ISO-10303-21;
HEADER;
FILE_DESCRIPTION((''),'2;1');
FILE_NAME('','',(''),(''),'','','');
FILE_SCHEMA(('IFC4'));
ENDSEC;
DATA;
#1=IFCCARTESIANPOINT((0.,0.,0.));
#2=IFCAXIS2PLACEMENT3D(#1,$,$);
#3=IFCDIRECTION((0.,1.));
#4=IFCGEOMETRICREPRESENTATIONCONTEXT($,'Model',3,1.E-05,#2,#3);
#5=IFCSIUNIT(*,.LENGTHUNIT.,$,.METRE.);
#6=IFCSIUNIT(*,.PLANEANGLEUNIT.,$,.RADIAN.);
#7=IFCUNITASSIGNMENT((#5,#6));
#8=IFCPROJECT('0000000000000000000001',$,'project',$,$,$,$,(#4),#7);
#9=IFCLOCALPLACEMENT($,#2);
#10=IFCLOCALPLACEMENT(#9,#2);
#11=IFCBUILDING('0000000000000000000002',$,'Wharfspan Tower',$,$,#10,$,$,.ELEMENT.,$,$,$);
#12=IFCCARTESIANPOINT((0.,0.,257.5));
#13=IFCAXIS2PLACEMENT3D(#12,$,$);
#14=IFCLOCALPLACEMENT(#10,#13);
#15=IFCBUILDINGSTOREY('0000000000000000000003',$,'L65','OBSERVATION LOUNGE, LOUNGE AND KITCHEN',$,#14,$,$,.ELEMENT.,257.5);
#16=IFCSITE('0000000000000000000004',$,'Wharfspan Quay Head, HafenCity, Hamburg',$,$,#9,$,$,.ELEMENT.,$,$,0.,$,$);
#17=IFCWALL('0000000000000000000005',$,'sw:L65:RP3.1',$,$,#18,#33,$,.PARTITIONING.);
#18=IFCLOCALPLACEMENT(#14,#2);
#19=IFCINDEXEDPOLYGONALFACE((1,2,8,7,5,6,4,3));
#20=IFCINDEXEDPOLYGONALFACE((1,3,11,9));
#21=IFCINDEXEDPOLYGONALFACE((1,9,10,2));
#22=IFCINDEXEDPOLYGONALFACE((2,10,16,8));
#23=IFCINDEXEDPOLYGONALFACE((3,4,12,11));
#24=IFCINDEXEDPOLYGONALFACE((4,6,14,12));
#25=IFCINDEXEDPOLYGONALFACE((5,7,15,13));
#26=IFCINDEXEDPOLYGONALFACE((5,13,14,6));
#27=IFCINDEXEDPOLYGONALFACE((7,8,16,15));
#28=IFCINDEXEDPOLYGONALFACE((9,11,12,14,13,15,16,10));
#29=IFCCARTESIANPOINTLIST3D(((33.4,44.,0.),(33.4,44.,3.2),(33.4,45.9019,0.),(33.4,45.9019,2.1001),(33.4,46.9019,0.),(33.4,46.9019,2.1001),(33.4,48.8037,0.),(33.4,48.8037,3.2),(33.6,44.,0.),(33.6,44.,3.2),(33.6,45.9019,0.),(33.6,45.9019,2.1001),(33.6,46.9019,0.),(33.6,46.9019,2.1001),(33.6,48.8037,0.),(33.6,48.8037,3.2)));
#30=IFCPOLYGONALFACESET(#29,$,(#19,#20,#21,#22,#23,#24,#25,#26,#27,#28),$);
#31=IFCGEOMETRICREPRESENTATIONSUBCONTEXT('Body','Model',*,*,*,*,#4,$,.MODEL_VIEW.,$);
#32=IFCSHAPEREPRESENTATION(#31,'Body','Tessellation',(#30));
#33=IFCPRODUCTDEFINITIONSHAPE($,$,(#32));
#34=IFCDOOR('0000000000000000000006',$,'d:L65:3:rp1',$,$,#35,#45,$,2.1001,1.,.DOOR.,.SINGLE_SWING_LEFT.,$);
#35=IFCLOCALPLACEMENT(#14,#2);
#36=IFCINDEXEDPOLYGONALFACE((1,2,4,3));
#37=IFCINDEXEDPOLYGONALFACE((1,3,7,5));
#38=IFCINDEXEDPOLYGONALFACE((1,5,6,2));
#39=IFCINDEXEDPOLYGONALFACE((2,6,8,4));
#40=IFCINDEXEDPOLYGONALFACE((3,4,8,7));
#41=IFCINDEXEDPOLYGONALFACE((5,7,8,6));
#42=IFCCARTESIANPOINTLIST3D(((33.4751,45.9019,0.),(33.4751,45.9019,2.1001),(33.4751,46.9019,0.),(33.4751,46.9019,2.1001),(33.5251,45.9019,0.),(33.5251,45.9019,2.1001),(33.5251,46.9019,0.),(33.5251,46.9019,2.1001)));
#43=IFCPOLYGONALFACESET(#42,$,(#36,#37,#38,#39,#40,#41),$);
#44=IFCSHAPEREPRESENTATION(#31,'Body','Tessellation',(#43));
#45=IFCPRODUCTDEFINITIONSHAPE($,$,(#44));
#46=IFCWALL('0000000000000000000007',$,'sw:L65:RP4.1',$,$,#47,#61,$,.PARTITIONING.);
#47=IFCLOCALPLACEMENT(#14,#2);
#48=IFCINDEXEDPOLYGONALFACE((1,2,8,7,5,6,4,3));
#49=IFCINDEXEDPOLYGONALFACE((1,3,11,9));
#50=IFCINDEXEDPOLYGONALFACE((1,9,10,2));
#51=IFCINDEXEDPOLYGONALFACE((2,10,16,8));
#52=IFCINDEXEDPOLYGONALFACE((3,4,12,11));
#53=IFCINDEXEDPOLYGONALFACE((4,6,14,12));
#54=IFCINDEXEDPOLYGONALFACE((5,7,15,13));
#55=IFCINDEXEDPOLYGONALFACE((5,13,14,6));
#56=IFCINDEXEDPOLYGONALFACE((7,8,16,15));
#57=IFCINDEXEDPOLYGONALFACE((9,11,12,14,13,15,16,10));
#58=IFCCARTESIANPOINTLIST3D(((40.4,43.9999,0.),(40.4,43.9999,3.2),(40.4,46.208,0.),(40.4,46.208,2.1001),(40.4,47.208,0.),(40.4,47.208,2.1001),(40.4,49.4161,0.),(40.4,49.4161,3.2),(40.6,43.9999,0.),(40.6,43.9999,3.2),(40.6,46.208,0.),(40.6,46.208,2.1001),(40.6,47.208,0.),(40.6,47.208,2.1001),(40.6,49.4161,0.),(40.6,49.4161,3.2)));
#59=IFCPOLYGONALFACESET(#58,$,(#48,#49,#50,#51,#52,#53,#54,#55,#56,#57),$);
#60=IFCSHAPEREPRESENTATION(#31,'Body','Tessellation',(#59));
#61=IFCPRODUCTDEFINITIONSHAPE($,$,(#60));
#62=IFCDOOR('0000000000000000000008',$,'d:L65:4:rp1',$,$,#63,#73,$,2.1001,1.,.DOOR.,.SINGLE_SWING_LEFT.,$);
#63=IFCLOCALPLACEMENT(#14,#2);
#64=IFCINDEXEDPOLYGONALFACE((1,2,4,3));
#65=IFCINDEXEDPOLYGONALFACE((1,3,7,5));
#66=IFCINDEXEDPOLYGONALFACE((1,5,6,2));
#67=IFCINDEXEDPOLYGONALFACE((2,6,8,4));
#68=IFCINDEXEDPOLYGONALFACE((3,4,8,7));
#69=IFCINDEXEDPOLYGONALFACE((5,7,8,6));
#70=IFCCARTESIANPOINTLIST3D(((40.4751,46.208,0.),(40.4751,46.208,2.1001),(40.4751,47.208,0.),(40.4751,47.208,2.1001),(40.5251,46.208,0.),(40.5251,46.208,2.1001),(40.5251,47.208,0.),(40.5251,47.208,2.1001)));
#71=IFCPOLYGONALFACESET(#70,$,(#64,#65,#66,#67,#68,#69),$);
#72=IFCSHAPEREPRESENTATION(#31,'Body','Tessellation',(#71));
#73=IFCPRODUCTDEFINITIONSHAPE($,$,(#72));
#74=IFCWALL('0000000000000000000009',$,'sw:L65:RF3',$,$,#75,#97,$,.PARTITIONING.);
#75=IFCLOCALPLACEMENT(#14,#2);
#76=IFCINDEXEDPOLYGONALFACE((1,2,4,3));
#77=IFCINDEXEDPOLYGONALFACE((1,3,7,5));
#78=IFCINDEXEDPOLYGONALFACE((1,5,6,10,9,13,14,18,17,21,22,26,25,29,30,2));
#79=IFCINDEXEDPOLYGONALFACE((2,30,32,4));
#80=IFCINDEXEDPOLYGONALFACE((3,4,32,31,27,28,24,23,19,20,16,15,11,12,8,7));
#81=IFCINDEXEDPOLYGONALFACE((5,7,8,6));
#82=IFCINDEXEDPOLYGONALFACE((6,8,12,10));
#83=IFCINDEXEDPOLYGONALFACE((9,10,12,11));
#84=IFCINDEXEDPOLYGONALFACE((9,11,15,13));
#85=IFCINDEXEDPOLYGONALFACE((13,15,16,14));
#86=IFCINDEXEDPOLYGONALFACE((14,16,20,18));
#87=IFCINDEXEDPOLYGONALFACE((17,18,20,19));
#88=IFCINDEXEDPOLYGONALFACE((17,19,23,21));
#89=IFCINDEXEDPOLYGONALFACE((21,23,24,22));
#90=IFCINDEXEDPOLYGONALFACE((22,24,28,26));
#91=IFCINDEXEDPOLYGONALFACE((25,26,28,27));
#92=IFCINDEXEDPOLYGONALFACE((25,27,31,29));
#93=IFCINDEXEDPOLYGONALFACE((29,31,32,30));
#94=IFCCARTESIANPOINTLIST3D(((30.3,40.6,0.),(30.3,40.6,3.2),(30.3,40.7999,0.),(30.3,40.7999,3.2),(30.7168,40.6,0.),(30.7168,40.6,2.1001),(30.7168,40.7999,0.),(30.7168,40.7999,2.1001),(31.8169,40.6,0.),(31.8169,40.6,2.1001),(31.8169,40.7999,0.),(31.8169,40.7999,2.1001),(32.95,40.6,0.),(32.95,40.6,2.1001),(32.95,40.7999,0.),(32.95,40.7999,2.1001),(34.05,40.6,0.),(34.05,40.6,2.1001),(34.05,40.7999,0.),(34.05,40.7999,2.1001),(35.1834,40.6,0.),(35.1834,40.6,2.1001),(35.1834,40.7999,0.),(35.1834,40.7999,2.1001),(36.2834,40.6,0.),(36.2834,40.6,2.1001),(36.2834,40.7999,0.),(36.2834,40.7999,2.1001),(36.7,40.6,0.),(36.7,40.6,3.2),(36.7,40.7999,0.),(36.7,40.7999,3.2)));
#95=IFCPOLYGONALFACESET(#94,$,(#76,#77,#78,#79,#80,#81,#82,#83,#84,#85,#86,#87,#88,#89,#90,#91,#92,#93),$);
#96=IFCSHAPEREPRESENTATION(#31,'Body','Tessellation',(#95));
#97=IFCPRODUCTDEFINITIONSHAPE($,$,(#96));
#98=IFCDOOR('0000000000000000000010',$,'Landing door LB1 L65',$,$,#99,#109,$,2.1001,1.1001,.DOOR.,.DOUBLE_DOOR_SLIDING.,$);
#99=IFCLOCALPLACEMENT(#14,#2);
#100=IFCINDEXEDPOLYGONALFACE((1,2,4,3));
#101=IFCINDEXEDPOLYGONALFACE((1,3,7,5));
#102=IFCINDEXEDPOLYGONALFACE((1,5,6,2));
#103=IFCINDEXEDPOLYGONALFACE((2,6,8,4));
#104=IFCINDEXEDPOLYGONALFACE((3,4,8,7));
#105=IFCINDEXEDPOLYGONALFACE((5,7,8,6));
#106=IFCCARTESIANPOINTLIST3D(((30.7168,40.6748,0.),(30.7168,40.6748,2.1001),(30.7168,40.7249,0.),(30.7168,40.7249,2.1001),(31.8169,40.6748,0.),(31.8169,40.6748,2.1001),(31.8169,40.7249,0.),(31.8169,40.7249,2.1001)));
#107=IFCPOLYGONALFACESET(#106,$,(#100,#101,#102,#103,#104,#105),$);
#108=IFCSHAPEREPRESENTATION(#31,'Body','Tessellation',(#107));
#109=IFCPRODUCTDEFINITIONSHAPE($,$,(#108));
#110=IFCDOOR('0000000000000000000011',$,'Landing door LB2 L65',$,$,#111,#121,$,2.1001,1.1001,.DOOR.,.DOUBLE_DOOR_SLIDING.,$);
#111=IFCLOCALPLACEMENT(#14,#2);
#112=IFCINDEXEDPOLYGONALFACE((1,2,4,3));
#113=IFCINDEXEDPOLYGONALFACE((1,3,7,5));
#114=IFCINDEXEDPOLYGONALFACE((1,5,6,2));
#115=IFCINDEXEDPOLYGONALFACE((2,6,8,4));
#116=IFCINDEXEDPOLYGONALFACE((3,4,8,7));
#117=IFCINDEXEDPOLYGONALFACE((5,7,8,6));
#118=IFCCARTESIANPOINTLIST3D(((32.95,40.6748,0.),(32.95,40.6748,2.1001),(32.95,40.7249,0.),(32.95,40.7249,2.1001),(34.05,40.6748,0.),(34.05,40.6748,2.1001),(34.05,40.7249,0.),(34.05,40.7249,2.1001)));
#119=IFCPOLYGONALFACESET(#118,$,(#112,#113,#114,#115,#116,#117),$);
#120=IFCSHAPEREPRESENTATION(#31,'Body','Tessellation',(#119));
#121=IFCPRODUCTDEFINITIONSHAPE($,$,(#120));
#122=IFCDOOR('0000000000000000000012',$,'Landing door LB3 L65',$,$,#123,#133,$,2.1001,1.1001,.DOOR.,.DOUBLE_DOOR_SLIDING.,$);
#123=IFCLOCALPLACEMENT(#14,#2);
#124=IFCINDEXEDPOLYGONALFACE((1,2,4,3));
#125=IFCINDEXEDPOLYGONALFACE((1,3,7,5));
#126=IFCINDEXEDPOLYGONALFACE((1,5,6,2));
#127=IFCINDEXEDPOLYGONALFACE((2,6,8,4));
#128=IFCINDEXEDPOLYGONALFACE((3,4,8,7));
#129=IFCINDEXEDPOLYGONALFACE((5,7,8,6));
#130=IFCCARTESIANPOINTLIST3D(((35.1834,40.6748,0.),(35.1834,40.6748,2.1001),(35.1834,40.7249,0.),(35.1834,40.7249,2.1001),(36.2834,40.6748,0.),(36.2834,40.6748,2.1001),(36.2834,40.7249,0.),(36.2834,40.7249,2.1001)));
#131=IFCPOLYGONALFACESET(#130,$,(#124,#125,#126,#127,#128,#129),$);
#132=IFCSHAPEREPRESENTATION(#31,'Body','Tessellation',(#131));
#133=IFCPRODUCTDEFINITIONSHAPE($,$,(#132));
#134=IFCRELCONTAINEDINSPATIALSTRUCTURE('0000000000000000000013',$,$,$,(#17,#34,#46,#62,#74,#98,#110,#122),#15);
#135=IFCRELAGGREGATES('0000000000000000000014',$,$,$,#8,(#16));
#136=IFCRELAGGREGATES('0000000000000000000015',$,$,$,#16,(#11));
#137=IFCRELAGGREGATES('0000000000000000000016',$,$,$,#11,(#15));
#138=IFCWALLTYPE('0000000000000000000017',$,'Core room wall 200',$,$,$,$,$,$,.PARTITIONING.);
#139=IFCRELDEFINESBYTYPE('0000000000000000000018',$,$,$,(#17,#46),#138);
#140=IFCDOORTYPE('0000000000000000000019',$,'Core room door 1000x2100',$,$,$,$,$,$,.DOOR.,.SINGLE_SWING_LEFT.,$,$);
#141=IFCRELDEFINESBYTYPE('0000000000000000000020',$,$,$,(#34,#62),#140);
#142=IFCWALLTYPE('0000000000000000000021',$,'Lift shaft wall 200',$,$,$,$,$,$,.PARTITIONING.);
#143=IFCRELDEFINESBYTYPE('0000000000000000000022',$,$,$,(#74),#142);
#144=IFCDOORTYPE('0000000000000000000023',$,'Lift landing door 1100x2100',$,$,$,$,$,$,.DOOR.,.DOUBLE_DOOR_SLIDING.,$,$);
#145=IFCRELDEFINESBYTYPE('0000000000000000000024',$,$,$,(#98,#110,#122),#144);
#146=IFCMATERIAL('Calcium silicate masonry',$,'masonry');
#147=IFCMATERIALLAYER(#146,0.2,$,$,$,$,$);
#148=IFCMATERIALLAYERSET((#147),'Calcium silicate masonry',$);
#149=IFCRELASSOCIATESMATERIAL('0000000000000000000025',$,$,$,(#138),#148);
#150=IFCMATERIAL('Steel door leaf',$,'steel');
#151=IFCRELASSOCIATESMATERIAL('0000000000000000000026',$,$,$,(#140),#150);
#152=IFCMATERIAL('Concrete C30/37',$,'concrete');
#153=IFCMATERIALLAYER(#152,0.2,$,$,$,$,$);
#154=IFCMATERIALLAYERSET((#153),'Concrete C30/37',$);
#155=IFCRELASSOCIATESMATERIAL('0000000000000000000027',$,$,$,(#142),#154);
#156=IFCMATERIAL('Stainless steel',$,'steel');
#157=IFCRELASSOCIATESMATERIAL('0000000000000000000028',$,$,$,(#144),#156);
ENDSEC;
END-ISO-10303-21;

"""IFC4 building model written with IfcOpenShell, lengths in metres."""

from ifc_helpers import new_model, si_unit, direction, frame, frame_2d, origin, place, context, subcontext, project, spatial, rectangle, extrude, material, layer, layer_set, type_object, element, fill, save


model = new_model("IFC4")

# Units and contexts
model_context = context("Model", 3, precision=1e-05, world=origin(), true_north=direction((0.0, 1.0)))
body_context = subcontext(model_context, "Body", "Model", "MODEL_VIEW")
ifc_project = project(units=[si_unit("LENGTHUNIT", "METRE"), si_unit("PLANEANGLEUNIT", "RADIAN")], contexts=[model_context])

# Site, building, storey
site_placement = place(None, origin())
site = spatial("IfcSite", under=ifc_project, at=site_placement, Name="Wharfspan Quay Head, HafenCity, Hamburg", CompositionType="ELEMENT", RefElevation=0.0)
building_placement = place(site_placement, origin())
building = spatial("IfcBuilding", under=site, at=building_placement, Name="Wharfspan Tower", CompositionType="ELEMENT")
storey_placement = place(building_placement, frame((0.0, 0.0, 257.5)))
storey = spatial("IfcBuildingStorey", under=building, at=storey_placement, Name="L65", Description="OBSERVATION LOUNGE, LOUNGE AND KITCHEN", CompositionType="ELEMENT", Elevation=257.5)

# Walls, openings, doors
ifc_material_1 = material(Name="Calcium silicate masonry", Category="masonry")
ifc_layer_1 = layer(ifc_material_1, 0.2)
ifc_layer_set_1 = layer_set([ifc_layer_1], Name="Calcium silicate masonry")
wall_type_1 = type_object("IfcWallType", Name="Core room wall 200", PredefinedType="PARTITIONING", material=ifc_layer_set_1)
wall_1_placement = place(storey_placement, frame((33.5, 44.0, 0.0), z_axis=(0.0, 0.0, 1.0), x_axis=(0.0, 1.0, 0.0)))
wall_1 = element("IfcWall", 1, at=wall_1_placement, inside=storey, type_object=wall_type_1, Name="sw:L65:RP3.1", PredefinedType="PARTITIONING", context=body_context, shape_type="SweptSolid", body=[
    extrude(rectangle(XDim=4.8037, YDim=0.2, at=frame_2d((2.4019, 0.0))), origin(), (0.0, 0.0, 1.0), 3.2),
])
opening_1_placement = place(wall_1_placement, frame((1.9019, 0.0, 0.0)))
opening_1 = element("IfcOpeningElement", 2, at=opening_1_placement, cuts=wall_1, PredefinedType="OPENING", context=body_context, shape_type="SweptSolid", body=[
    extrude(rectangle(XDim=1.0, YDim=2.1001, at=frame_2d((0.5, 1.05))), frame((0.0, 0.1099, 0.0), z_axis=(0.0, -1.0, 0.0), x_axis=(1.0, 0.0, 0.0)), (0.0, 0.0, 1.0), 0.22),
])
ifc_material_2 = material(Name="Steel door leaf", Category="steel")
door_type_1 = type_object("IfcDoorType", Name="Core room door 1000x2100", OperationType="SINGLE_SWING_LEFT", PredefinedType="DOOR", material=ifc_material_2)
door_1_placement = place(opening_1_placement, origin())
door_1 = element("IfcDoor", 3, at=door_1_placement, inside=storey, type_object=door_type_1, Name="d:L65:3:rp1", OperationType="SINGLE_SWING_LEFT", OverallHeight=2.1001, OverallWidth=1.0, PredefinedType="DOOR", context=body_context, shape_type="SweptSolid", body=[
    extrude(rectangle(XDim=1.0, YDim=2.1001, at=frame_2d((0.5, 1.05))), frame((0.0, 0.0249, 0.0), z_axis=(0.0, -1.0, 0.0), x_axis=(1.0, 0.0, 0.0)), (0.0, 0.0, 1.0), 0.05),
])
fill(opening_1, door_1)
wall_2_placement = place(storey_placement, frame((40.5, 44.0, 0.0), z_axis=(0.0, 0.0, 1.0), x_axis=(0.0, 1.0, 0.0)))
wall_2 = element("IfcWall", 4, at=wall_2_placement, inside=storey, type_object=wall_type_1, Name="sw:L65:RP4.1", PredefinedType="PARTITIONING", context=body_context, shape_type="SweptSolid", body=[
    extrude(rectangle(XDim=5.4163, YDim=0.2, at=frame_2d((2.708, 0.0))), origin(), (0.0, 0.0, 1.0), 3.2),
])
opening_2_placement = place(wall_2_placement, frame((2.208, 0.0, 0.0)))
opening_2 = element("IfcOpeningElement", 5, at=opening_2_placement, cuts=wall_2, PredefinedType="OPENING", context=body_context, shape_type="SweptSolid", body=[
    extrude(rectangle(XDim=1.0, YDim=2.1001, at=frame_2d((0.5, 1.05))), frame((0.0, 0.1099, 0.0), z_axis=(0.0, -1.0, 0.0), x_axis=(1.0, 0.0, 0.0)), (0.0, 0.0, 1.0), 0.22),
])
door_2_placement = place(opening_2_placement, origin())
door_2 = element("IfcDoor", 6, at=door_2_placement, inside=storey, type_object=door_type_1, Name="d:L65:4:rp1", OperationType="SINGLE_SWING_LEFT", OverallHeight=2.1001, OverallWidth=1.0, PredefinedType="DOOR", context=body_context, shape_type="SweptSolid", body=[
    extrude(rectangle(XDim=1.0, YDim=2.1001, at=frame_2d((0.5, 1.05))), frame((0.0, 0.0249, 0.0), z_axis=(0.0, -1.0, 0.0), x_axis=(1.0, 0.0, 0.0)), (0.0, 0.0, 1.0), 0.05),
])
fill(opening_2, door_2)

# Wall, openings, doors
ifc_material_3 = material(Name="Concrete C30/37", Category="concrete")
ifc_layer_2 = layer(ifc_material_3, 0.2)
ifc_layer_set_2 = layer_set([ifc_layer_2], Name="Concrete C30/37")
wall_type_2 = type_object("IfcWallType", Name="Lift shaft wall 200", PredefinedType="PARTITIONING", material=ifc_layer_set_2)
wall_3_placement = place(storey_placement, frame((30.3, 40.7, 0.0), z_axis=(0.0, 0.0, 1.0), x_axis=(1.0, 0.0, 0.0)))
wall_3 = element("IfcWall", 7, at=wall_3_placement, inside=storey, type_object=wall_type_2, Name="sw:L65:RF3", PredefinedType="PARTITIONING", context=body_context, shape_type="SweptSolid", body=[
    extrude(rectangle(XDim=6.3999, YDim=0.2, at=frame_2d((3.2, 0.0))), origin(), (0.0, 0.0, 1.0), 3.2),
])
opening_3_placement = place(wall_3_placement, frame((0.4167, 0.0, 0.0)))
opening_3 = element("IfcOpeningElement", 8, at=opening_3_placement, cuts=wall_3, PredefinedType="OPENING", context=body_context, shape_type="SweptSolid", body=[
    extrude(rectangle(XDim=1.1001, YDim=2.1001, at=frame_2d((0.55, 1.05))), frame((0.0, 0.1099, 0.0), z_axis=(0.0, -1.0, 0.0), x_axis=(1.0, 0.0, 0.0)), (0.0, 0.0, 1.0), 0.22),
])
opening_4_placement = place(wall_3_placement, frame((2.6499, 0.0, 0.0)))
opening_4 = element("IfcOpeningElement", 9, at=opening_4_placement, cuts=wall_3, PredefinedType="OPENING", context=body_context, shape_type="SweptSolid", body=[
    extrude(rectangle(XDim=1.1001, YDim=2.1001, at=frame_2d((0.55, 1.05))), frame((0.0, 0.1099, 0.0), z_axis=(0.0, -1.0, 0.0), x_axis=(1.0, 0.0, 0.0)), (0.0, 0.0, 1.0), 0.22),
])
opening_5_placement = place(wall_3_placement, frame((4.8833, 0.0, 0.0)))
opening_5 = element("IfcOpeningElement", 10, at=opening_5_placement, cuts=wall_3, PredefinedType="OPENING", context=body_context, shape_type="SweptSolid", body=[
    extrude(rectangle(XDim=1.1001, YDim=2.1001, at=frame_2d((0.55, 1.05))), frame((0.0, 0.1099, 0.0), z_axis=(0.0, -1.0, 0.0), x_axis=(1.0, 0.0, 0.0)), (0.0, 0.0, 1.0), 0.22),
])
ifc_material_4 = material(Name="Stainless steel", Category="steel")
door_type_2 = type_object("IfcDoorType", Name="Lift landing door 1100x2100", OperationType="DOUBLE_DOOR_SLIDING", PredefinedType="DOOR", material=ifc_material_4)
door_3_placement = place(opening_3_placement, origin())
door_3 = element("IfcDoor", 11, at=door_3_placement, inside=storey, type_object=door_type_2, Name="Landing door LB1 L65", OperationType="DOUBLE_DOOR_SLIDING", OverallHeight=2.1001, OverallWidth=1.1001, PredefinedType="DOOR", context=body_context, shape_type="SweptSolid", body=[
    extrude(rectangle(XDim=1.1001, YDim=2.1001, at=frame_2d((0.55, 1.05))), frame((0.0, 0.0249, 0.0), z_axis=(0.0, -1.0, 0.0), x_axis=(1.0, 0.0, 0.0)), (0.0, 0.0, 1.0), 0.05),
])
fill(opening_3, door_3)
door_4_placement = place(opening_4_placement, origin())
door_4 = element("IfcDoor", 12, at=door_4_placement, inside=storey, type_object=door_type_2, Name="Landing door LB2 L65", OperationType="DOUBLE_DOOR_SLIDING", OverallHeight=2.1001, OverallWidth=1.1001, PredefinedType="DOOR", context=body_context, shape_type="SweptSolid", body=[
    extrude(rectangle(XDim=1.1001, YDim=2.1001, at=frame_2d((0.55, 1.05))), frame((0.0, 0.0249, 0.0), z_axis=(0.0, -1.0, 0.0), x_axis=(1.0, 0.0, 0.0)), (0.0, 0.0, 1.0), 0.05),
])
fill(opening_4, door_4)
door_5_placement = place(opening_5_placement, origin())
door_5 = element("IfcDoor", 13, at=door_5_placement, inside=storey, type_object=door_type_2, Name="Landing door LB3 L65", OperationType="DOUBLE_DOOR_SLIDING", OverallHeight=2.1001, OverallWidth=1.1001, PredefinedType="DOOR", context=body_context, shape_type="SweptSolid", body=[
    extrude(rectangle(XDim=1.1001, YDim=2.1001, at=frame_2d((0.55, 1.05))), frame((0.0, 0.0249, 0.0), z_axis=(0.0, -1.0, 0.0), x_axis=(1.0, 0.0, 0.0)), (0.0, 0.0, 1.0), 0.05),
])
fill(opening_5, door_5)

save(model, "model.ifc")
